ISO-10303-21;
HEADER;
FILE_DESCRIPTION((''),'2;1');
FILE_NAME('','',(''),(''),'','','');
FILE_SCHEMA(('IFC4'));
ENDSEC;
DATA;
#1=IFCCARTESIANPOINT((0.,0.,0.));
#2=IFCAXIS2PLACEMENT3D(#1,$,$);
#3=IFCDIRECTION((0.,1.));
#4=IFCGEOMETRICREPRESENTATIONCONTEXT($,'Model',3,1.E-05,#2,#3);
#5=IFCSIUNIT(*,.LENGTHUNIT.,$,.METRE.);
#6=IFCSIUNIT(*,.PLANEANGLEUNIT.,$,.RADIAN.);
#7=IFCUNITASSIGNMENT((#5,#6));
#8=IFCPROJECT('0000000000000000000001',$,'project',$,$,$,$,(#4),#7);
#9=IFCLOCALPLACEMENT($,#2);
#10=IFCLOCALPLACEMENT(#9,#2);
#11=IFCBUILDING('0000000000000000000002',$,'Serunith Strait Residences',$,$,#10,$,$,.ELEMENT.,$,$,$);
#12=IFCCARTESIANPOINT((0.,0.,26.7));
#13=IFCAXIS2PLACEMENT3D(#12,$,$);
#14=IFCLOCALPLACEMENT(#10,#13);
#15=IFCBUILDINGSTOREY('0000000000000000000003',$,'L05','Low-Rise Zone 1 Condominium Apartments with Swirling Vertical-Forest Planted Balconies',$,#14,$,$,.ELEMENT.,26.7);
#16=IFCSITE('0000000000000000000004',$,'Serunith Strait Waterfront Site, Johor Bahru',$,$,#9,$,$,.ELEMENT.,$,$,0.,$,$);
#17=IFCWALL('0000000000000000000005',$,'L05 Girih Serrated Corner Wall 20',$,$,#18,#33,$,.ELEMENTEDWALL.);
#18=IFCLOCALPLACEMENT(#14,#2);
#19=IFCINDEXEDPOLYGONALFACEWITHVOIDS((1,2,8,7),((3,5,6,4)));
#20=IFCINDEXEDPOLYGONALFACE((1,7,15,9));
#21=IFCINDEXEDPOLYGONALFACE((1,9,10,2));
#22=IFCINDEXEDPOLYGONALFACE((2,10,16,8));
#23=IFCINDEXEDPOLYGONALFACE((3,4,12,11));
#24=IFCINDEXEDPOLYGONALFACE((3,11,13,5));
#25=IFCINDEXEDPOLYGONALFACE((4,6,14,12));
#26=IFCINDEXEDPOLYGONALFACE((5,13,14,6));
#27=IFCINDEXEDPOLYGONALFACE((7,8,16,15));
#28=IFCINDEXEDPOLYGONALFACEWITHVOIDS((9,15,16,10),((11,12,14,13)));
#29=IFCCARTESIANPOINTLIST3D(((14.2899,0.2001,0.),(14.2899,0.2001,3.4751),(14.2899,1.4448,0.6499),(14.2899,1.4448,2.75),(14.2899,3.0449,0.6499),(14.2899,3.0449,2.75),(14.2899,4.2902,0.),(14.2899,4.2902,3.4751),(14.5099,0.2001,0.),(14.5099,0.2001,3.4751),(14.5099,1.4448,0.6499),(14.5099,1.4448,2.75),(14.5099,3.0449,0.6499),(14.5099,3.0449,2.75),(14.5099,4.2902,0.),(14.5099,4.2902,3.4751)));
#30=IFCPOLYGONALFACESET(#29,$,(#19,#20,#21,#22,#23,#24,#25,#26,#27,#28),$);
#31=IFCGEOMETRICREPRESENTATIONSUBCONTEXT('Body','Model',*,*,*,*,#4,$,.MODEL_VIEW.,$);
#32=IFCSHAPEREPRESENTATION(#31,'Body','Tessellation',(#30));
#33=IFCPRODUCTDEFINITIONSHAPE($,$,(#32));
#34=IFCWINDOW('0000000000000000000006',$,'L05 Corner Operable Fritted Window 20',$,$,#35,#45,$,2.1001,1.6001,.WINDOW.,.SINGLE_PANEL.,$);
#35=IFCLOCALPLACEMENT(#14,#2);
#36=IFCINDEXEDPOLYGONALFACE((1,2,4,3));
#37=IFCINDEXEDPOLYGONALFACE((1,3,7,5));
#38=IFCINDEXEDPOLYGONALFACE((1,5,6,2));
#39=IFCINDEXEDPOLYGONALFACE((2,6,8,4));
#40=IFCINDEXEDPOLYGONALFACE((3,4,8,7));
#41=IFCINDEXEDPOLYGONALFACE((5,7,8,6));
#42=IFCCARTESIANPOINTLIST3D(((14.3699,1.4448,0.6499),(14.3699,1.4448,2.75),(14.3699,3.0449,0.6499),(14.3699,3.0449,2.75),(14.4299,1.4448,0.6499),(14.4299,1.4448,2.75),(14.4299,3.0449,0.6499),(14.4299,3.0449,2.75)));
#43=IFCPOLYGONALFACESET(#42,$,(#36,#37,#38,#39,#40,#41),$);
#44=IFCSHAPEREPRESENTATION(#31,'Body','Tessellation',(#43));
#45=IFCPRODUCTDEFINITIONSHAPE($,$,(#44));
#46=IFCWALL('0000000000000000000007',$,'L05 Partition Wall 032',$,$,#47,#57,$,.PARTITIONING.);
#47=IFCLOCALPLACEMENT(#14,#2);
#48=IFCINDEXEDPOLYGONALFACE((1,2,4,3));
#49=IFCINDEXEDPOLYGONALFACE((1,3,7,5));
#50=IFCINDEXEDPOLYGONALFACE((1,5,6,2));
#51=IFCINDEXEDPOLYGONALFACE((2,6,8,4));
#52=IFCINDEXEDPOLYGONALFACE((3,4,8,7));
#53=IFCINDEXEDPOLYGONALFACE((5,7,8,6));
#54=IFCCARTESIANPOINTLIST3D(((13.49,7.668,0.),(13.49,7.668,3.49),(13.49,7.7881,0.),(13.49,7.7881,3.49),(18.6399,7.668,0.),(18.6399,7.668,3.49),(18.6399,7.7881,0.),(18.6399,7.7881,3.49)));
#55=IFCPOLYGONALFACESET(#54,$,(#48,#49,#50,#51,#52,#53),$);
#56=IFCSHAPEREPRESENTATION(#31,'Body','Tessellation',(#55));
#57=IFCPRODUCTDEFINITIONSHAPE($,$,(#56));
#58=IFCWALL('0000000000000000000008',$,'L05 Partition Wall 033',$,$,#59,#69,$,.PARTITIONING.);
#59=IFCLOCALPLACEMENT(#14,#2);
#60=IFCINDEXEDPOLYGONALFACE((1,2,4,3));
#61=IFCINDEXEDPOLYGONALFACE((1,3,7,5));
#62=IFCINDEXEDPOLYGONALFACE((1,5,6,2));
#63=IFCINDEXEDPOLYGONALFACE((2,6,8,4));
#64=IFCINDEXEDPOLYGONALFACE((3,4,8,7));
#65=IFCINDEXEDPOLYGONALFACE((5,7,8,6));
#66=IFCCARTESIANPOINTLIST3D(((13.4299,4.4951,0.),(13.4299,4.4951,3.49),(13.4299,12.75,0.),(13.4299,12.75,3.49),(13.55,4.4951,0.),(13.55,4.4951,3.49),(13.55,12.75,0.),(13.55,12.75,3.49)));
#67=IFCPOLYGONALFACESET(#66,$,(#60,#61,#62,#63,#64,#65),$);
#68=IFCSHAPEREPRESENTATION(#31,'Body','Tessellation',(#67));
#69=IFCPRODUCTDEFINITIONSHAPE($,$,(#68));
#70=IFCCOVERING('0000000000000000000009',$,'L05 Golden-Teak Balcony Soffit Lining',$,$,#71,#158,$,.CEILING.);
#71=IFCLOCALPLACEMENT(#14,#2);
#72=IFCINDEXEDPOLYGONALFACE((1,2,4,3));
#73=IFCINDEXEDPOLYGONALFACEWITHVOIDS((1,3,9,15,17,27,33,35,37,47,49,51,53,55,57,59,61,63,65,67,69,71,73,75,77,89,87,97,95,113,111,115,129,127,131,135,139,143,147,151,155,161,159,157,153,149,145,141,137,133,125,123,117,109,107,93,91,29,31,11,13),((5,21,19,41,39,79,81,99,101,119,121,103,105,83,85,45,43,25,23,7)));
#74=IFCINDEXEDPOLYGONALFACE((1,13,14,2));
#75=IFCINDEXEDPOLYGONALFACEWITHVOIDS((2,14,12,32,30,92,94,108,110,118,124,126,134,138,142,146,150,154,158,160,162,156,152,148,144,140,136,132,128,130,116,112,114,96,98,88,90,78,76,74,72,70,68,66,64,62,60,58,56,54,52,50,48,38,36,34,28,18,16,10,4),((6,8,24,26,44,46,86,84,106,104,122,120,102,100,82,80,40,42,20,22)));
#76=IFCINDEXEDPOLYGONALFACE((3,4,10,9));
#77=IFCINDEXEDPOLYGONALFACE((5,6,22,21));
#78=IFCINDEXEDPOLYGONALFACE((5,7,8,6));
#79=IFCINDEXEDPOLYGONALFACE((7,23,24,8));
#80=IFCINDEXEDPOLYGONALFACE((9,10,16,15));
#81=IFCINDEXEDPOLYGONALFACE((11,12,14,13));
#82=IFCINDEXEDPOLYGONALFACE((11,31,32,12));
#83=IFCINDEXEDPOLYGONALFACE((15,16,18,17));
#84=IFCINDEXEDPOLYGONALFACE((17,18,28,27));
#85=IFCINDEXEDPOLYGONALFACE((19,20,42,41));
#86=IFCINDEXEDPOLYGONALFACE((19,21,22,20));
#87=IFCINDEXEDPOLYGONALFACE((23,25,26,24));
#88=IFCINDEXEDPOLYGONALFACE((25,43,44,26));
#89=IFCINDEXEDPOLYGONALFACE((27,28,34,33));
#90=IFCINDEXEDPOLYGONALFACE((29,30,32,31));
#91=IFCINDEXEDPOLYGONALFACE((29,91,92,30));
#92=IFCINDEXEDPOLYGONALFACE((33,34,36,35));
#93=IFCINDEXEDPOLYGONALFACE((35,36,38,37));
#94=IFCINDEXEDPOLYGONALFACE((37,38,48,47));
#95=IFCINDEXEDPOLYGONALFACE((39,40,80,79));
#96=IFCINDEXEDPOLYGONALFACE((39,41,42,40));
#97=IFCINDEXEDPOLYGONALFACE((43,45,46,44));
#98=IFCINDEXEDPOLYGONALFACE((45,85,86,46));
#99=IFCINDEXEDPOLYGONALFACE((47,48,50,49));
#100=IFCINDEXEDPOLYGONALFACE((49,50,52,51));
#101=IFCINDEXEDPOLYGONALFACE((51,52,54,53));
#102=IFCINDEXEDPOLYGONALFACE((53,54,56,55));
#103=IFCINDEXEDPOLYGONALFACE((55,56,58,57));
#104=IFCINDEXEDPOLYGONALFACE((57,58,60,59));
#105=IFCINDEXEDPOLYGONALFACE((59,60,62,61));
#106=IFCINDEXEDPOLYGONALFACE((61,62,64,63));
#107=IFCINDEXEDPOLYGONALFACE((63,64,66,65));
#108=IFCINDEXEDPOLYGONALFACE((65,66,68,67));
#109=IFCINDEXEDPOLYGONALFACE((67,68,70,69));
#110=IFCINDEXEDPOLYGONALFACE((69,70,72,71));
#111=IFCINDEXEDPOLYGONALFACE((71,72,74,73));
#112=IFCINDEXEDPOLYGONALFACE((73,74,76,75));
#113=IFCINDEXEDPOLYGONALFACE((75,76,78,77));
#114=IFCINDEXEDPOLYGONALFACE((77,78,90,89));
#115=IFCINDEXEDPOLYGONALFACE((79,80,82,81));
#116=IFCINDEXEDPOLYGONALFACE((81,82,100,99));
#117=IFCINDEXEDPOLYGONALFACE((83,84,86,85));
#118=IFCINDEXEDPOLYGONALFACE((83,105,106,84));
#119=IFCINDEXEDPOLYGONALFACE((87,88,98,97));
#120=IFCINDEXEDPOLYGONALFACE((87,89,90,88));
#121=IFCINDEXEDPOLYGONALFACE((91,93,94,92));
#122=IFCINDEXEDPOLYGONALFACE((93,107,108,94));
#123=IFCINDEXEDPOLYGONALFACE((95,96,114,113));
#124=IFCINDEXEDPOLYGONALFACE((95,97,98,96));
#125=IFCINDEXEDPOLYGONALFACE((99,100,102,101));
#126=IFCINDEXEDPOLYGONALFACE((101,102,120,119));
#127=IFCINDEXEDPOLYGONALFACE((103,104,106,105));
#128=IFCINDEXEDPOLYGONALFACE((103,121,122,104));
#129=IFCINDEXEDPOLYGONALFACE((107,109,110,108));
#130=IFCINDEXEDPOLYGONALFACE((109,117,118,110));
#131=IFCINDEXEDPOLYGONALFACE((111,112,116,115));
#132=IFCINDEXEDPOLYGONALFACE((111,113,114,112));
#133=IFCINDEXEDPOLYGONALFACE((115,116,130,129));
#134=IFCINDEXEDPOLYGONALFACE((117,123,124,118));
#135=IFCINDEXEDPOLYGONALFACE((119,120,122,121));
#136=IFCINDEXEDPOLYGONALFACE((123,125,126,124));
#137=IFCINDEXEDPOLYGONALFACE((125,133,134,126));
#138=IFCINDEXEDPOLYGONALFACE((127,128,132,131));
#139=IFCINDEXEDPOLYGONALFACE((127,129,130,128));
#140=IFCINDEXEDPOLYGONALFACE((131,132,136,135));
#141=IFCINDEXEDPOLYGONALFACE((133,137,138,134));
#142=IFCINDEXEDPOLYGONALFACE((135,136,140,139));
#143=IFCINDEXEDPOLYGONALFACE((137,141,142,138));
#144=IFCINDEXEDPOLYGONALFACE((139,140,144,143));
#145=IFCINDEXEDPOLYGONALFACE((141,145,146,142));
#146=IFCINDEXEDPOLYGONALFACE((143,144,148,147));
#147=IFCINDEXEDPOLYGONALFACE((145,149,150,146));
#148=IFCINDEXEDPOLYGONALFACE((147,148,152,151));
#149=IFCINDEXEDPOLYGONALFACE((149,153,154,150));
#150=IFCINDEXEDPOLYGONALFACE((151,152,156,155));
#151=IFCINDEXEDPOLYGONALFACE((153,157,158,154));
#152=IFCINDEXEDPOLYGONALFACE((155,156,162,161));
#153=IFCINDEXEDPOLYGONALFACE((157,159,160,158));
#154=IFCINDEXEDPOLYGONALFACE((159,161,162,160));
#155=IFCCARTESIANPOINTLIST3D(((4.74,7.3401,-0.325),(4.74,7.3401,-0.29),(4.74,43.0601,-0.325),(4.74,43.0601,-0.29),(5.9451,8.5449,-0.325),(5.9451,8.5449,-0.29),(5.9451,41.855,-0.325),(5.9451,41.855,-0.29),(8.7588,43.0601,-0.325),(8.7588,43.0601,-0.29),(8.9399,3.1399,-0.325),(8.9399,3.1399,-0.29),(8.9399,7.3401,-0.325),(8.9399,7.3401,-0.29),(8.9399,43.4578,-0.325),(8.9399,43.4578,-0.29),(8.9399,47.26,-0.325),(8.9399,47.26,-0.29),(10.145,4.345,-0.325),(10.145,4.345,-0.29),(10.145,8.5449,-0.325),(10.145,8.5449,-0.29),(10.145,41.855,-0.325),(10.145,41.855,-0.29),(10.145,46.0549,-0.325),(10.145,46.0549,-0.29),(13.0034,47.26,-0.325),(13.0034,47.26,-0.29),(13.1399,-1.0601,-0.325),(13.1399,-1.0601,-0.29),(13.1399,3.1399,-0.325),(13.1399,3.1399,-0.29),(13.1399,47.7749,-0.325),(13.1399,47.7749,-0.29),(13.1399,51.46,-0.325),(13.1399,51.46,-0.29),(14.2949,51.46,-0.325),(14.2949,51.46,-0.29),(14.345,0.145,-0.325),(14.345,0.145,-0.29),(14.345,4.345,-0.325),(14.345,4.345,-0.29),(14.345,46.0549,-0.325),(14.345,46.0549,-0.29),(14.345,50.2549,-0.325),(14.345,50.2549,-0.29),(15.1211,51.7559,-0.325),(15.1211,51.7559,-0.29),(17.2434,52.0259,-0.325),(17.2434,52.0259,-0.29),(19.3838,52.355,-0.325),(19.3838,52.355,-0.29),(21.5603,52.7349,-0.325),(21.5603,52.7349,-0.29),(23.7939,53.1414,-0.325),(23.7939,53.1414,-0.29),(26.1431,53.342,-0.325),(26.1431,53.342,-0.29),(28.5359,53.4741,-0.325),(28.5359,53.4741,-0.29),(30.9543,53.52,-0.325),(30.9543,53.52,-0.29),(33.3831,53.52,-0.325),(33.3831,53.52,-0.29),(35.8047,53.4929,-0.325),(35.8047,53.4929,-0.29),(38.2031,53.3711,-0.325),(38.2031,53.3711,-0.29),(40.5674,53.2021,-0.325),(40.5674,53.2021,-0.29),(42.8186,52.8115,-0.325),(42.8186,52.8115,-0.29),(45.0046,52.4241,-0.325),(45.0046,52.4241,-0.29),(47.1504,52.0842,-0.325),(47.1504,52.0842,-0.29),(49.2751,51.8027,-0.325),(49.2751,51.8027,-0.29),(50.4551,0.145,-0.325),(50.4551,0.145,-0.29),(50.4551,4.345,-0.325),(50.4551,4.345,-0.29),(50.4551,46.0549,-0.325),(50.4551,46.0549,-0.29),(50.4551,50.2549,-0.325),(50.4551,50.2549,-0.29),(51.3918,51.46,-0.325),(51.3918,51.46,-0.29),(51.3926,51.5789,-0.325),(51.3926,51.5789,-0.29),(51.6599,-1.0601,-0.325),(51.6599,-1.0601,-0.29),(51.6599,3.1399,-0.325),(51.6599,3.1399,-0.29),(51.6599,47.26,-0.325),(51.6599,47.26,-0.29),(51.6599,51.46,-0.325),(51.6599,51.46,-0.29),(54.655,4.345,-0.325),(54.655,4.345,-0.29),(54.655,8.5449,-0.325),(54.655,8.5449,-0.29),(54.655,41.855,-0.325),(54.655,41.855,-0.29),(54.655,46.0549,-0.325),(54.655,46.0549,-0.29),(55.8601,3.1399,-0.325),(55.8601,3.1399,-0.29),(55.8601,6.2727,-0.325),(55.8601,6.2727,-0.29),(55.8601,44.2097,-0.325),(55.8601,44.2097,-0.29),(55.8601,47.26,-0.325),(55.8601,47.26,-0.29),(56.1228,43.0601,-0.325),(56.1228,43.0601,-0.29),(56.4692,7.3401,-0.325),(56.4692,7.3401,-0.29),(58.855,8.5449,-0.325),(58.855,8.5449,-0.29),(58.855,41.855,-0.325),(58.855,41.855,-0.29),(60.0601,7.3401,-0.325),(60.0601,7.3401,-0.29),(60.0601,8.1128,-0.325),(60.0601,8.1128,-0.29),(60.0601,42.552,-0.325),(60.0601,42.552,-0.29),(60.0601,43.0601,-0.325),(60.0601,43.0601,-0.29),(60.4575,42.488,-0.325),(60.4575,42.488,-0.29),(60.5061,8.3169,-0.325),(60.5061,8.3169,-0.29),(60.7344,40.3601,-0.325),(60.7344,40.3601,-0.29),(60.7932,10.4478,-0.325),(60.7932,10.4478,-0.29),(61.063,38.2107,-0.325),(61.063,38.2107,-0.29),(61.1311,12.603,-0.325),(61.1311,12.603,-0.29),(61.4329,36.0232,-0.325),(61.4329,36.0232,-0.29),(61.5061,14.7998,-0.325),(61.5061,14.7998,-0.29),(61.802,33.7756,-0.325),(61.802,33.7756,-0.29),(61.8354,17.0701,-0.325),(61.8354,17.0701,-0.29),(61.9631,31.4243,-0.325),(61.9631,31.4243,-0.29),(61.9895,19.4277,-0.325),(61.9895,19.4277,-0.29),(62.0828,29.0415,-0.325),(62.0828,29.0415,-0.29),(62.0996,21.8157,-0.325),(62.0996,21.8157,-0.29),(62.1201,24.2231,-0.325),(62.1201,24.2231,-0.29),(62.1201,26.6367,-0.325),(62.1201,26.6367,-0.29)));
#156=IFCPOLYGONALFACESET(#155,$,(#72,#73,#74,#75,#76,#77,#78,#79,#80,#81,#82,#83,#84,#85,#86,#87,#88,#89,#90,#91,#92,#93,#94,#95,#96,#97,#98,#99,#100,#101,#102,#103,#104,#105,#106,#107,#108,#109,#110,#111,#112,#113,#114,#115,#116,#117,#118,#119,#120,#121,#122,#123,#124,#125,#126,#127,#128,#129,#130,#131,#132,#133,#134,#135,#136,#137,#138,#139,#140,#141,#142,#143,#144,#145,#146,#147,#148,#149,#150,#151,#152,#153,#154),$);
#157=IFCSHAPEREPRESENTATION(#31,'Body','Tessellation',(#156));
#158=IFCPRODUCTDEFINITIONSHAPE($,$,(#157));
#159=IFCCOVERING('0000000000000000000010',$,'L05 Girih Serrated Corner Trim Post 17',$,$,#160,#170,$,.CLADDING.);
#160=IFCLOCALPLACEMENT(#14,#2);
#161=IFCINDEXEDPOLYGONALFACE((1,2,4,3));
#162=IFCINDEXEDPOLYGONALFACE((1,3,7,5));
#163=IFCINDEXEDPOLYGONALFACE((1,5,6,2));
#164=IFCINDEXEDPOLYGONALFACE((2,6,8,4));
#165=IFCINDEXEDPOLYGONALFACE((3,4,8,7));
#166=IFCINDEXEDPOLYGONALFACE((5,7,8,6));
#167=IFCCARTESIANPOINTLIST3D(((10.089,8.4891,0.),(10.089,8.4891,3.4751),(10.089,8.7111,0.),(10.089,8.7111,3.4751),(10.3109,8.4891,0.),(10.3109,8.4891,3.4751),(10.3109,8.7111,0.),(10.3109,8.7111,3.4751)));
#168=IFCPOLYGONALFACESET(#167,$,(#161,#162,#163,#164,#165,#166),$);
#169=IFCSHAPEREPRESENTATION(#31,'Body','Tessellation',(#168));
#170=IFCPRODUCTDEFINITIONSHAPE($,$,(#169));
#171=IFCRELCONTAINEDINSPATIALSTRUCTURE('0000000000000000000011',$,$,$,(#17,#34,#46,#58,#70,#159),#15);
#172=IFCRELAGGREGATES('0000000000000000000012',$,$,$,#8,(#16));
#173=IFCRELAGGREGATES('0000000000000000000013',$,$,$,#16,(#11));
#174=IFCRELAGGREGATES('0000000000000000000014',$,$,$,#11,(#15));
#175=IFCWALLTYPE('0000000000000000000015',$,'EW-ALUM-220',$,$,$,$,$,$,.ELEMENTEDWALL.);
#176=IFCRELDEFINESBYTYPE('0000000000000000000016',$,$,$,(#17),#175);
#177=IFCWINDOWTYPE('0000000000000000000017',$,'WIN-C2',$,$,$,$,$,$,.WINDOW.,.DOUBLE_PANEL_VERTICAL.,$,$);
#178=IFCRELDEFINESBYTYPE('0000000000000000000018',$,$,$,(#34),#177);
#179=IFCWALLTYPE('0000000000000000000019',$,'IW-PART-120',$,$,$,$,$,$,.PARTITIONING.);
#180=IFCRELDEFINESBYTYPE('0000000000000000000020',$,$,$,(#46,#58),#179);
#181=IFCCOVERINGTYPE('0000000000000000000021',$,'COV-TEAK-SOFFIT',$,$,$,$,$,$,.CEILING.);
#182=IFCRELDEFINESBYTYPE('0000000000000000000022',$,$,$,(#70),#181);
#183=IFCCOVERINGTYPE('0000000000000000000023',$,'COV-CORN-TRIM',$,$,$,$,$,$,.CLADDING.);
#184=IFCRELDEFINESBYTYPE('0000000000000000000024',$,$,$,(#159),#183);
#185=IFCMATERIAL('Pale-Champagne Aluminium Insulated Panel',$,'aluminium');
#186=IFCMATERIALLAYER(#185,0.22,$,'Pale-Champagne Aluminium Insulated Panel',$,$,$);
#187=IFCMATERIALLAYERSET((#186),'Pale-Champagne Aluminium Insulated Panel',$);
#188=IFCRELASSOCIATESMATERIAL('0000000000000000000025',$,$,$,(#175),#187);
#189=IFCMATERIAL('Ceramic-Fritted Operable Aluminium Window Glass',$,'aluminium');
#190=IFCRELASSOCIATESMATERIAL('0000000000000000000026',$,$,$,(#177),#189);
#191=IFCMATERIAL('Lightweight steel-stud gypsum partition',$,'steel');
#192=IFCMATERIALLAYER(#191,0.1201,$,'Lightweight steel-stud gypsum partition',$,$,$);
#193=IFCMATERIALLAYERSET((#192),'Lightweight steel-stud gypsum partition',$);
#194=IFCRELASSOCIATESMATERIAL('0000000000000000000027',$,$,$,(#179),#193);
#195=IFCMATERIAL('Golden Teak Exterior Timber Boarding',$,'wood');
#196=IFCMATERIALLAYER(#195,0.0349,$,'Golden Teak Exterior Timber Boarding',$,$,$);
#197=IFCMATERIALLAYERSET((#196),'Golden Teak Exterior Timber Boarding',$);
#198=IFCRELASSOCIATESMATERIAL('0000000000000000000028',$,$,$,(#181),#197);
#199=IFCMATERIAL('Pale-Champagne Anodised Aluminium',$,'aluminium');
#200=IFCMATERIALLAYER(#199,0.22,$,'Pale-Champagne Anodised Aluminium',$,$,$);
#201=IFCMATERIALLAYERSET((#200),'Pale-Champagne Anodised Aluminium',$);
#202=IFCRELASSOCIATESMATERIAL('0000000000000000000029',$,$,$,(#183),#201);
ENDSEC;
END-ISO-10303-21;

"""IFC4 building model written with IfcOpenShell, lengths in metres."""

from ifc_helpers import new_model, si_unit, direction, frame, frame_2d, origin, origin_2d, place, context, subcontext, project, spatial, polyline, rectangle, outline, extrude, source, transform, mapped, material, layer, layer_set, type_object, element, fill, save


model = new_model("IFC4")

# Units and contexts
model_context = context("Model", 3, precision=1e-05, world=origin(), true_north=direction((0.0, 1.0)))
body_context = subcontext(model_context, "Body", "Model", "MODEL_VIEW")
ifc_project = project(units=[si_unit("LENGTHUNIT", "METRE"), si_unit("PLANEANGLEUNIT", "RADIAN")], contexts=[model_context])

# Site, building, storey
site_placement = place(None, origin())
site = spatial("IfcSite", under=ifc_project, at=site_placement, Name="Serunith Strait Waterfront Site, Johor Bahru", CompositionType="ELEMENT", RefElevation=0.0)
building_placement = place(site_placement, origin())
building = spatial("IfcBuilding", under=site, at=building_placement, Name="Serunith Strait Residences", CompositionType="ELEMENT")
storey_placement = place(building_placement, frame((0.0, 0.0, 26.7)))
storey = spatial("IfcBuildingStorey", under=building, at=storey_placement, Name="L05", Description="Low-Rise Zone 1 Condominium Apartments with Swirling Vertical-Forest Planted Balconies", CompositionType="ELEMENT", Elevation=26.7)

# Shared definitions
ifc_material_1 = material(Name="Pale-Champagne Anodised Aluminium", Category="aluminium")

# Wall, opening, window
ifc_material_2 = material(Name="Pale-Champagne Aluminium Insulated Panel", Category="aluminium")
ifc_layer_1 = layer(ifc_material_2, 0.22, Name="Pale-Champagne Aluminium Insulated Panel")
ifc_layer_set_1 = layer_set([ifc_layer_1], Name="Pale-Champagne Aluminium Insulated Panel")
wall_type_1 = type_object("IfcWallType", Name="EW-ALUM-220", PredefinedType="ELEMENTEDWALL", material=ifc_layer_set_1)
ifc_material_3 = material(Name="Ceramic-Fritted Operable Aluminium Window Glass", Category="aluminium")
window_type = type_object("IfcWindowType", Name="WIN-C2", PartitioningType="DOUBLE_PANEL_VERTICAL", PredefinedType="WINDOW", material=ifc_material_3)
shared_shape_1 = source(origin(), body_context, "Body", "SweptSolid", [
    extrude(rectangle(XDim=1.6001, YDim=2.1001, at=frame_2d((0.8, 1.05))), frame((0.0, 0.03, 0.0), z_axis=(0.0, -1.0, 0.0), x_axis=(1.0, 0.0, 0.0)), (0.0, 0.0, 1.0), 0.0601),
])
wall_1_placement = place(storey_placement, frame((14.3999, 4.29, 0.0), z_axis=(0.0, 0.0, 1.0), x_axis=(0.0, -1.0, 0.0)))
wall_1 = element("IfcWall", 1, at=wall_1_placement, inside=storey, type_object=wall_type_1, Name="L05 Girih Serrated Corner Wall 20", PredefinedType="ELEMENTEDWALL", context=body_context, shape_type="SweptSolid", body=[
    extrude(rectangle(XDim=4.0901, YDim=0.22, at=frame_2d((2.0449, 0.0))), origin(), (0.0, 0.0, 1.0), 3.4751),
])
opening_1_placement = place(wall_1_placement, frame((1.2451, 0.0, 0.6499)))
opening_1 = element("IfcOpeningElement", 2, at=opening_1_placement, cuts=wall_1, PredefinedType="OPENING", context=body_context, shape_type="SweptSolid", body=[
    extrude(rectangle(XDim=1.6001, YDim=2.1001, at=frame_2d((0.8, 1.05))), frame((0.0, 0.1201, 0.0), z_axis=(0.0, -1.0, 0.0), x_axis=(1.0, 0.0, 0.0)), (0.0, 0.0, 1.0), 0.24),
])
window_1_placement = place(opening_1_placement, origin())
window_1 = element("IfcWindow", 3, at=window_1_placement, inside=storey, type_object=window_type, Name="L05 Corner Operable Fritted Window 20", OverallHeight=2.1001, OverallWidth=1.6001, PartitioningType="SINGLE_PANEL", PredefinedType="WINDOW", context=body_context, shape_type="MappedRepresentation", body=[
    mapped(shared_shape_1, transform((0.0, 0.0, 0.0), scale=1.0)),
])
fill(opening_1, window_1)

# Walls
ifc_material_4 = material(Name="Lightweight steel-stud gypsum partition", Category="steel")
ifc_layer_2 = layer(ifc_material_4, 0.1201, Name="Lightweight steel-stud gypsum partition")
ifc_layer_set_2 = layer_set([ifc_layer_2], Name="Lightweight steel-stud gypsum partition")
wall_type_2 = type_object("IfcWallType", Name="IW-PART-120", PredefinedType="PARTITIONING", material=ifc_layer_set_2)
wall_2_placement = place(storey_placement, frame((13.49, 7.728, 0.0), z_axis=(0.0, 0.0, 1.0), x_axis=(1.0, 0.0, 0.0)))
element("IfcWall", 4, at=wall_2_placement, inside=storey, type_object=wall_type_2, Name="L05 Partition Wall 032", PredefinedType="PARTITIONING", context=body_context, shape_type="SweptSolid", body=[
    extrude(rectangle(XDim=5.1499, YDim=0.1201, at=frame_2d((2.575, 0.0))), origin(), (0.0, 0.0, 1.0), 3.49),
])
wall_3_placement = place(storey_placement, frame((13.49, 4.4951, 0.0), z_axis=(0.0, 0.0, 1.0), x_axis=(0.0, 1.0, 0.0)))
element("IfcWall", 5, at=wall_3_placement, inside=storey, type_object=wall_type_2, Name="L05 Partition Wall 033", PredefinedType="PARTITIONING", context=body_context, shape_type="SweptSolid", body=[
    extrude(rectangle(XDim=8.2549, YDim=0.1201, at=frame_2d((4.1274, 0.0))), origin(), (0.0, 0.0, 1.0), 3.49),
])

# Covering
ifc_material_5 = material(Name="Golden Teak Exterior Timber Boarding", Category="wood")
ifc_layer_3 = layer(ifc_material_5, 0.0349, Name="Golden Teak Exterior Timber Boarding")
ifc_layer_set_3 = layer_set([ifc_layer_3], Name="Golden Teak Exterior Timber Boarding")
covering_type_1 = type_object("IfcCoveringType", Name="COV-TEAK-SOFFIT", PredefinedType="CEILING", material=ifc_layer_set_3)
covering_placement = place(storey_placement, frame((0.0, 0.0, -0.325)))
element("IfcCovering", 6, at=covering_placement, inside=storey, type_object=covering_type_1, Name="L05 Golden-Teak Balcony Soffit Lining", PredefinedType="CEILING", context=body_context, shape_type="SweptSolid", body=[
    extrude(outline(polyline([(13.0034, 47.26), (13.1399, 47.7749), (13.1399, 51.46), (14.2949, 51.46), (15.1211, 51.7559), (17.2434, 52.0259), (19.3838, 52.355), (21.5603, 52.7349), (23.7939, 53.1414), (26.1431, 53.342), (28.5359, 53.4741), (30.9543, 53.52), (33.3831, 53.52), (35.8047, 53.4929), (38.2031, 53.3711), (40.5674, 53.2021), (42.8186, 52.8115), (45.0046, 52.4241), (47.1504, 52.0842), (49.2751, 51.8027), (51.3926, 51.5789), (51.3918, 51.46), (51.6599, 51.46), (51.6599, 47.26), (55.8601, 47.26), (55.8601, 44.2097), (56.1228, 43.0601), (60.0601, 43.0601), (60.0601, 42.552), (60.4575, 42.488), (60.7344, 40.3601), (61.063, 38.2107), (61.4329, 36.0232), (61.802, 33.7756), (61.9631, 31.4243), (62.0828, 29.0415), (62.1201, 26.6367), (62.1201, 24.2231), (62.0996, 21.8157), (61.9895, 19.4277), (61.8354, 17.0701), (61.5061, 14.7998), (61.1311, 12.603), (60.7932, 10.4478), (60.5061, 8.3169), (60.0601, 8.1128), (60.0601, 7.3401), (56.4692, 7.3401), (55.8601, 6.2727), (55.8601, 3.1399), (51.6599, 3.1399), (51.6599, -1.0601), (13.1399, -1.0601), (13.1399, 3.1399), (8.9399, 3.1399), (8.9399, 7.3401), (4.74, 7.3401), (4.74, 43.0601), (8.7588, 43.0601), (8.9399, 43.4578), (8.9399, 47.26), (13.0034, 47.26)]), holes=[polyline([(50.4551, 0.145), (50.4551, 4.345), (54.655, 4.345), (54.655, 8.5449), (58.855, 8.5449), (58.855, 41.855), (54.655, 41.855), (54.655, 46.0549), (50.4551, 46.0549), (50.4551, 50.2549), (14.345, 50.2549), (14.345, 46.0549), (10.145, 46.0549), (10.145, 41.855), (5.9451, 41.855), (5.9451, 8.5449), (10.145, 8.5449), (10.145, 4.345), (14.345, 4.345), (14.345, 0.145), (50.4551, 0.145)])]), origin(), (0.0, 0.0, 1.0), 0.0349),
])

# Covering
ifc_layer_4 = layer(ifc_material_1, 0.22, Name="Pale-Champagne Anodised Aluminium")
ifc_layer_set_4 = layer_set([ifc_layer_4], Name="Pale-Champagne Anodised Aluminium")
covering_type_2 = type_object("IfcCoveringType", Name="COV-CORN-TRIM", PredefinedType="CLADDING", material=ifc_layer_set_4)
shared_shape_2 = source(origin(), body_context, "Body", "SweptSolid", [
    extrude(rectangle(XDim=0.2219, YDim=0.2219, at=origin_2d()), origin(), (0.0, 0.0, 1.0), 3.4751),
])
for number, where, z_axis, x_axis, name in (
    (7, (10.2, 8.6001, 0.0), (0.0, 0.0, 1.0), (1.0, 0.0, 0.0), "L05 Girih Serrated Corner Trim Post 17"),
):
    element("IfcCovering", number, at=place(storey_placement, frame(where, z_axis=z_axis, x_axis=x_axis)), inside=storey, type_object=covering_type_2, Name=name, PredefinedType="CLADDING", context=body_context, shape_type="MappedRepresentation", body=[
        mapped(shared_shape_2, transform((0.0, 0.0, 0.0), scale=1.0)),
    ])

save(model, "model.ifc")
